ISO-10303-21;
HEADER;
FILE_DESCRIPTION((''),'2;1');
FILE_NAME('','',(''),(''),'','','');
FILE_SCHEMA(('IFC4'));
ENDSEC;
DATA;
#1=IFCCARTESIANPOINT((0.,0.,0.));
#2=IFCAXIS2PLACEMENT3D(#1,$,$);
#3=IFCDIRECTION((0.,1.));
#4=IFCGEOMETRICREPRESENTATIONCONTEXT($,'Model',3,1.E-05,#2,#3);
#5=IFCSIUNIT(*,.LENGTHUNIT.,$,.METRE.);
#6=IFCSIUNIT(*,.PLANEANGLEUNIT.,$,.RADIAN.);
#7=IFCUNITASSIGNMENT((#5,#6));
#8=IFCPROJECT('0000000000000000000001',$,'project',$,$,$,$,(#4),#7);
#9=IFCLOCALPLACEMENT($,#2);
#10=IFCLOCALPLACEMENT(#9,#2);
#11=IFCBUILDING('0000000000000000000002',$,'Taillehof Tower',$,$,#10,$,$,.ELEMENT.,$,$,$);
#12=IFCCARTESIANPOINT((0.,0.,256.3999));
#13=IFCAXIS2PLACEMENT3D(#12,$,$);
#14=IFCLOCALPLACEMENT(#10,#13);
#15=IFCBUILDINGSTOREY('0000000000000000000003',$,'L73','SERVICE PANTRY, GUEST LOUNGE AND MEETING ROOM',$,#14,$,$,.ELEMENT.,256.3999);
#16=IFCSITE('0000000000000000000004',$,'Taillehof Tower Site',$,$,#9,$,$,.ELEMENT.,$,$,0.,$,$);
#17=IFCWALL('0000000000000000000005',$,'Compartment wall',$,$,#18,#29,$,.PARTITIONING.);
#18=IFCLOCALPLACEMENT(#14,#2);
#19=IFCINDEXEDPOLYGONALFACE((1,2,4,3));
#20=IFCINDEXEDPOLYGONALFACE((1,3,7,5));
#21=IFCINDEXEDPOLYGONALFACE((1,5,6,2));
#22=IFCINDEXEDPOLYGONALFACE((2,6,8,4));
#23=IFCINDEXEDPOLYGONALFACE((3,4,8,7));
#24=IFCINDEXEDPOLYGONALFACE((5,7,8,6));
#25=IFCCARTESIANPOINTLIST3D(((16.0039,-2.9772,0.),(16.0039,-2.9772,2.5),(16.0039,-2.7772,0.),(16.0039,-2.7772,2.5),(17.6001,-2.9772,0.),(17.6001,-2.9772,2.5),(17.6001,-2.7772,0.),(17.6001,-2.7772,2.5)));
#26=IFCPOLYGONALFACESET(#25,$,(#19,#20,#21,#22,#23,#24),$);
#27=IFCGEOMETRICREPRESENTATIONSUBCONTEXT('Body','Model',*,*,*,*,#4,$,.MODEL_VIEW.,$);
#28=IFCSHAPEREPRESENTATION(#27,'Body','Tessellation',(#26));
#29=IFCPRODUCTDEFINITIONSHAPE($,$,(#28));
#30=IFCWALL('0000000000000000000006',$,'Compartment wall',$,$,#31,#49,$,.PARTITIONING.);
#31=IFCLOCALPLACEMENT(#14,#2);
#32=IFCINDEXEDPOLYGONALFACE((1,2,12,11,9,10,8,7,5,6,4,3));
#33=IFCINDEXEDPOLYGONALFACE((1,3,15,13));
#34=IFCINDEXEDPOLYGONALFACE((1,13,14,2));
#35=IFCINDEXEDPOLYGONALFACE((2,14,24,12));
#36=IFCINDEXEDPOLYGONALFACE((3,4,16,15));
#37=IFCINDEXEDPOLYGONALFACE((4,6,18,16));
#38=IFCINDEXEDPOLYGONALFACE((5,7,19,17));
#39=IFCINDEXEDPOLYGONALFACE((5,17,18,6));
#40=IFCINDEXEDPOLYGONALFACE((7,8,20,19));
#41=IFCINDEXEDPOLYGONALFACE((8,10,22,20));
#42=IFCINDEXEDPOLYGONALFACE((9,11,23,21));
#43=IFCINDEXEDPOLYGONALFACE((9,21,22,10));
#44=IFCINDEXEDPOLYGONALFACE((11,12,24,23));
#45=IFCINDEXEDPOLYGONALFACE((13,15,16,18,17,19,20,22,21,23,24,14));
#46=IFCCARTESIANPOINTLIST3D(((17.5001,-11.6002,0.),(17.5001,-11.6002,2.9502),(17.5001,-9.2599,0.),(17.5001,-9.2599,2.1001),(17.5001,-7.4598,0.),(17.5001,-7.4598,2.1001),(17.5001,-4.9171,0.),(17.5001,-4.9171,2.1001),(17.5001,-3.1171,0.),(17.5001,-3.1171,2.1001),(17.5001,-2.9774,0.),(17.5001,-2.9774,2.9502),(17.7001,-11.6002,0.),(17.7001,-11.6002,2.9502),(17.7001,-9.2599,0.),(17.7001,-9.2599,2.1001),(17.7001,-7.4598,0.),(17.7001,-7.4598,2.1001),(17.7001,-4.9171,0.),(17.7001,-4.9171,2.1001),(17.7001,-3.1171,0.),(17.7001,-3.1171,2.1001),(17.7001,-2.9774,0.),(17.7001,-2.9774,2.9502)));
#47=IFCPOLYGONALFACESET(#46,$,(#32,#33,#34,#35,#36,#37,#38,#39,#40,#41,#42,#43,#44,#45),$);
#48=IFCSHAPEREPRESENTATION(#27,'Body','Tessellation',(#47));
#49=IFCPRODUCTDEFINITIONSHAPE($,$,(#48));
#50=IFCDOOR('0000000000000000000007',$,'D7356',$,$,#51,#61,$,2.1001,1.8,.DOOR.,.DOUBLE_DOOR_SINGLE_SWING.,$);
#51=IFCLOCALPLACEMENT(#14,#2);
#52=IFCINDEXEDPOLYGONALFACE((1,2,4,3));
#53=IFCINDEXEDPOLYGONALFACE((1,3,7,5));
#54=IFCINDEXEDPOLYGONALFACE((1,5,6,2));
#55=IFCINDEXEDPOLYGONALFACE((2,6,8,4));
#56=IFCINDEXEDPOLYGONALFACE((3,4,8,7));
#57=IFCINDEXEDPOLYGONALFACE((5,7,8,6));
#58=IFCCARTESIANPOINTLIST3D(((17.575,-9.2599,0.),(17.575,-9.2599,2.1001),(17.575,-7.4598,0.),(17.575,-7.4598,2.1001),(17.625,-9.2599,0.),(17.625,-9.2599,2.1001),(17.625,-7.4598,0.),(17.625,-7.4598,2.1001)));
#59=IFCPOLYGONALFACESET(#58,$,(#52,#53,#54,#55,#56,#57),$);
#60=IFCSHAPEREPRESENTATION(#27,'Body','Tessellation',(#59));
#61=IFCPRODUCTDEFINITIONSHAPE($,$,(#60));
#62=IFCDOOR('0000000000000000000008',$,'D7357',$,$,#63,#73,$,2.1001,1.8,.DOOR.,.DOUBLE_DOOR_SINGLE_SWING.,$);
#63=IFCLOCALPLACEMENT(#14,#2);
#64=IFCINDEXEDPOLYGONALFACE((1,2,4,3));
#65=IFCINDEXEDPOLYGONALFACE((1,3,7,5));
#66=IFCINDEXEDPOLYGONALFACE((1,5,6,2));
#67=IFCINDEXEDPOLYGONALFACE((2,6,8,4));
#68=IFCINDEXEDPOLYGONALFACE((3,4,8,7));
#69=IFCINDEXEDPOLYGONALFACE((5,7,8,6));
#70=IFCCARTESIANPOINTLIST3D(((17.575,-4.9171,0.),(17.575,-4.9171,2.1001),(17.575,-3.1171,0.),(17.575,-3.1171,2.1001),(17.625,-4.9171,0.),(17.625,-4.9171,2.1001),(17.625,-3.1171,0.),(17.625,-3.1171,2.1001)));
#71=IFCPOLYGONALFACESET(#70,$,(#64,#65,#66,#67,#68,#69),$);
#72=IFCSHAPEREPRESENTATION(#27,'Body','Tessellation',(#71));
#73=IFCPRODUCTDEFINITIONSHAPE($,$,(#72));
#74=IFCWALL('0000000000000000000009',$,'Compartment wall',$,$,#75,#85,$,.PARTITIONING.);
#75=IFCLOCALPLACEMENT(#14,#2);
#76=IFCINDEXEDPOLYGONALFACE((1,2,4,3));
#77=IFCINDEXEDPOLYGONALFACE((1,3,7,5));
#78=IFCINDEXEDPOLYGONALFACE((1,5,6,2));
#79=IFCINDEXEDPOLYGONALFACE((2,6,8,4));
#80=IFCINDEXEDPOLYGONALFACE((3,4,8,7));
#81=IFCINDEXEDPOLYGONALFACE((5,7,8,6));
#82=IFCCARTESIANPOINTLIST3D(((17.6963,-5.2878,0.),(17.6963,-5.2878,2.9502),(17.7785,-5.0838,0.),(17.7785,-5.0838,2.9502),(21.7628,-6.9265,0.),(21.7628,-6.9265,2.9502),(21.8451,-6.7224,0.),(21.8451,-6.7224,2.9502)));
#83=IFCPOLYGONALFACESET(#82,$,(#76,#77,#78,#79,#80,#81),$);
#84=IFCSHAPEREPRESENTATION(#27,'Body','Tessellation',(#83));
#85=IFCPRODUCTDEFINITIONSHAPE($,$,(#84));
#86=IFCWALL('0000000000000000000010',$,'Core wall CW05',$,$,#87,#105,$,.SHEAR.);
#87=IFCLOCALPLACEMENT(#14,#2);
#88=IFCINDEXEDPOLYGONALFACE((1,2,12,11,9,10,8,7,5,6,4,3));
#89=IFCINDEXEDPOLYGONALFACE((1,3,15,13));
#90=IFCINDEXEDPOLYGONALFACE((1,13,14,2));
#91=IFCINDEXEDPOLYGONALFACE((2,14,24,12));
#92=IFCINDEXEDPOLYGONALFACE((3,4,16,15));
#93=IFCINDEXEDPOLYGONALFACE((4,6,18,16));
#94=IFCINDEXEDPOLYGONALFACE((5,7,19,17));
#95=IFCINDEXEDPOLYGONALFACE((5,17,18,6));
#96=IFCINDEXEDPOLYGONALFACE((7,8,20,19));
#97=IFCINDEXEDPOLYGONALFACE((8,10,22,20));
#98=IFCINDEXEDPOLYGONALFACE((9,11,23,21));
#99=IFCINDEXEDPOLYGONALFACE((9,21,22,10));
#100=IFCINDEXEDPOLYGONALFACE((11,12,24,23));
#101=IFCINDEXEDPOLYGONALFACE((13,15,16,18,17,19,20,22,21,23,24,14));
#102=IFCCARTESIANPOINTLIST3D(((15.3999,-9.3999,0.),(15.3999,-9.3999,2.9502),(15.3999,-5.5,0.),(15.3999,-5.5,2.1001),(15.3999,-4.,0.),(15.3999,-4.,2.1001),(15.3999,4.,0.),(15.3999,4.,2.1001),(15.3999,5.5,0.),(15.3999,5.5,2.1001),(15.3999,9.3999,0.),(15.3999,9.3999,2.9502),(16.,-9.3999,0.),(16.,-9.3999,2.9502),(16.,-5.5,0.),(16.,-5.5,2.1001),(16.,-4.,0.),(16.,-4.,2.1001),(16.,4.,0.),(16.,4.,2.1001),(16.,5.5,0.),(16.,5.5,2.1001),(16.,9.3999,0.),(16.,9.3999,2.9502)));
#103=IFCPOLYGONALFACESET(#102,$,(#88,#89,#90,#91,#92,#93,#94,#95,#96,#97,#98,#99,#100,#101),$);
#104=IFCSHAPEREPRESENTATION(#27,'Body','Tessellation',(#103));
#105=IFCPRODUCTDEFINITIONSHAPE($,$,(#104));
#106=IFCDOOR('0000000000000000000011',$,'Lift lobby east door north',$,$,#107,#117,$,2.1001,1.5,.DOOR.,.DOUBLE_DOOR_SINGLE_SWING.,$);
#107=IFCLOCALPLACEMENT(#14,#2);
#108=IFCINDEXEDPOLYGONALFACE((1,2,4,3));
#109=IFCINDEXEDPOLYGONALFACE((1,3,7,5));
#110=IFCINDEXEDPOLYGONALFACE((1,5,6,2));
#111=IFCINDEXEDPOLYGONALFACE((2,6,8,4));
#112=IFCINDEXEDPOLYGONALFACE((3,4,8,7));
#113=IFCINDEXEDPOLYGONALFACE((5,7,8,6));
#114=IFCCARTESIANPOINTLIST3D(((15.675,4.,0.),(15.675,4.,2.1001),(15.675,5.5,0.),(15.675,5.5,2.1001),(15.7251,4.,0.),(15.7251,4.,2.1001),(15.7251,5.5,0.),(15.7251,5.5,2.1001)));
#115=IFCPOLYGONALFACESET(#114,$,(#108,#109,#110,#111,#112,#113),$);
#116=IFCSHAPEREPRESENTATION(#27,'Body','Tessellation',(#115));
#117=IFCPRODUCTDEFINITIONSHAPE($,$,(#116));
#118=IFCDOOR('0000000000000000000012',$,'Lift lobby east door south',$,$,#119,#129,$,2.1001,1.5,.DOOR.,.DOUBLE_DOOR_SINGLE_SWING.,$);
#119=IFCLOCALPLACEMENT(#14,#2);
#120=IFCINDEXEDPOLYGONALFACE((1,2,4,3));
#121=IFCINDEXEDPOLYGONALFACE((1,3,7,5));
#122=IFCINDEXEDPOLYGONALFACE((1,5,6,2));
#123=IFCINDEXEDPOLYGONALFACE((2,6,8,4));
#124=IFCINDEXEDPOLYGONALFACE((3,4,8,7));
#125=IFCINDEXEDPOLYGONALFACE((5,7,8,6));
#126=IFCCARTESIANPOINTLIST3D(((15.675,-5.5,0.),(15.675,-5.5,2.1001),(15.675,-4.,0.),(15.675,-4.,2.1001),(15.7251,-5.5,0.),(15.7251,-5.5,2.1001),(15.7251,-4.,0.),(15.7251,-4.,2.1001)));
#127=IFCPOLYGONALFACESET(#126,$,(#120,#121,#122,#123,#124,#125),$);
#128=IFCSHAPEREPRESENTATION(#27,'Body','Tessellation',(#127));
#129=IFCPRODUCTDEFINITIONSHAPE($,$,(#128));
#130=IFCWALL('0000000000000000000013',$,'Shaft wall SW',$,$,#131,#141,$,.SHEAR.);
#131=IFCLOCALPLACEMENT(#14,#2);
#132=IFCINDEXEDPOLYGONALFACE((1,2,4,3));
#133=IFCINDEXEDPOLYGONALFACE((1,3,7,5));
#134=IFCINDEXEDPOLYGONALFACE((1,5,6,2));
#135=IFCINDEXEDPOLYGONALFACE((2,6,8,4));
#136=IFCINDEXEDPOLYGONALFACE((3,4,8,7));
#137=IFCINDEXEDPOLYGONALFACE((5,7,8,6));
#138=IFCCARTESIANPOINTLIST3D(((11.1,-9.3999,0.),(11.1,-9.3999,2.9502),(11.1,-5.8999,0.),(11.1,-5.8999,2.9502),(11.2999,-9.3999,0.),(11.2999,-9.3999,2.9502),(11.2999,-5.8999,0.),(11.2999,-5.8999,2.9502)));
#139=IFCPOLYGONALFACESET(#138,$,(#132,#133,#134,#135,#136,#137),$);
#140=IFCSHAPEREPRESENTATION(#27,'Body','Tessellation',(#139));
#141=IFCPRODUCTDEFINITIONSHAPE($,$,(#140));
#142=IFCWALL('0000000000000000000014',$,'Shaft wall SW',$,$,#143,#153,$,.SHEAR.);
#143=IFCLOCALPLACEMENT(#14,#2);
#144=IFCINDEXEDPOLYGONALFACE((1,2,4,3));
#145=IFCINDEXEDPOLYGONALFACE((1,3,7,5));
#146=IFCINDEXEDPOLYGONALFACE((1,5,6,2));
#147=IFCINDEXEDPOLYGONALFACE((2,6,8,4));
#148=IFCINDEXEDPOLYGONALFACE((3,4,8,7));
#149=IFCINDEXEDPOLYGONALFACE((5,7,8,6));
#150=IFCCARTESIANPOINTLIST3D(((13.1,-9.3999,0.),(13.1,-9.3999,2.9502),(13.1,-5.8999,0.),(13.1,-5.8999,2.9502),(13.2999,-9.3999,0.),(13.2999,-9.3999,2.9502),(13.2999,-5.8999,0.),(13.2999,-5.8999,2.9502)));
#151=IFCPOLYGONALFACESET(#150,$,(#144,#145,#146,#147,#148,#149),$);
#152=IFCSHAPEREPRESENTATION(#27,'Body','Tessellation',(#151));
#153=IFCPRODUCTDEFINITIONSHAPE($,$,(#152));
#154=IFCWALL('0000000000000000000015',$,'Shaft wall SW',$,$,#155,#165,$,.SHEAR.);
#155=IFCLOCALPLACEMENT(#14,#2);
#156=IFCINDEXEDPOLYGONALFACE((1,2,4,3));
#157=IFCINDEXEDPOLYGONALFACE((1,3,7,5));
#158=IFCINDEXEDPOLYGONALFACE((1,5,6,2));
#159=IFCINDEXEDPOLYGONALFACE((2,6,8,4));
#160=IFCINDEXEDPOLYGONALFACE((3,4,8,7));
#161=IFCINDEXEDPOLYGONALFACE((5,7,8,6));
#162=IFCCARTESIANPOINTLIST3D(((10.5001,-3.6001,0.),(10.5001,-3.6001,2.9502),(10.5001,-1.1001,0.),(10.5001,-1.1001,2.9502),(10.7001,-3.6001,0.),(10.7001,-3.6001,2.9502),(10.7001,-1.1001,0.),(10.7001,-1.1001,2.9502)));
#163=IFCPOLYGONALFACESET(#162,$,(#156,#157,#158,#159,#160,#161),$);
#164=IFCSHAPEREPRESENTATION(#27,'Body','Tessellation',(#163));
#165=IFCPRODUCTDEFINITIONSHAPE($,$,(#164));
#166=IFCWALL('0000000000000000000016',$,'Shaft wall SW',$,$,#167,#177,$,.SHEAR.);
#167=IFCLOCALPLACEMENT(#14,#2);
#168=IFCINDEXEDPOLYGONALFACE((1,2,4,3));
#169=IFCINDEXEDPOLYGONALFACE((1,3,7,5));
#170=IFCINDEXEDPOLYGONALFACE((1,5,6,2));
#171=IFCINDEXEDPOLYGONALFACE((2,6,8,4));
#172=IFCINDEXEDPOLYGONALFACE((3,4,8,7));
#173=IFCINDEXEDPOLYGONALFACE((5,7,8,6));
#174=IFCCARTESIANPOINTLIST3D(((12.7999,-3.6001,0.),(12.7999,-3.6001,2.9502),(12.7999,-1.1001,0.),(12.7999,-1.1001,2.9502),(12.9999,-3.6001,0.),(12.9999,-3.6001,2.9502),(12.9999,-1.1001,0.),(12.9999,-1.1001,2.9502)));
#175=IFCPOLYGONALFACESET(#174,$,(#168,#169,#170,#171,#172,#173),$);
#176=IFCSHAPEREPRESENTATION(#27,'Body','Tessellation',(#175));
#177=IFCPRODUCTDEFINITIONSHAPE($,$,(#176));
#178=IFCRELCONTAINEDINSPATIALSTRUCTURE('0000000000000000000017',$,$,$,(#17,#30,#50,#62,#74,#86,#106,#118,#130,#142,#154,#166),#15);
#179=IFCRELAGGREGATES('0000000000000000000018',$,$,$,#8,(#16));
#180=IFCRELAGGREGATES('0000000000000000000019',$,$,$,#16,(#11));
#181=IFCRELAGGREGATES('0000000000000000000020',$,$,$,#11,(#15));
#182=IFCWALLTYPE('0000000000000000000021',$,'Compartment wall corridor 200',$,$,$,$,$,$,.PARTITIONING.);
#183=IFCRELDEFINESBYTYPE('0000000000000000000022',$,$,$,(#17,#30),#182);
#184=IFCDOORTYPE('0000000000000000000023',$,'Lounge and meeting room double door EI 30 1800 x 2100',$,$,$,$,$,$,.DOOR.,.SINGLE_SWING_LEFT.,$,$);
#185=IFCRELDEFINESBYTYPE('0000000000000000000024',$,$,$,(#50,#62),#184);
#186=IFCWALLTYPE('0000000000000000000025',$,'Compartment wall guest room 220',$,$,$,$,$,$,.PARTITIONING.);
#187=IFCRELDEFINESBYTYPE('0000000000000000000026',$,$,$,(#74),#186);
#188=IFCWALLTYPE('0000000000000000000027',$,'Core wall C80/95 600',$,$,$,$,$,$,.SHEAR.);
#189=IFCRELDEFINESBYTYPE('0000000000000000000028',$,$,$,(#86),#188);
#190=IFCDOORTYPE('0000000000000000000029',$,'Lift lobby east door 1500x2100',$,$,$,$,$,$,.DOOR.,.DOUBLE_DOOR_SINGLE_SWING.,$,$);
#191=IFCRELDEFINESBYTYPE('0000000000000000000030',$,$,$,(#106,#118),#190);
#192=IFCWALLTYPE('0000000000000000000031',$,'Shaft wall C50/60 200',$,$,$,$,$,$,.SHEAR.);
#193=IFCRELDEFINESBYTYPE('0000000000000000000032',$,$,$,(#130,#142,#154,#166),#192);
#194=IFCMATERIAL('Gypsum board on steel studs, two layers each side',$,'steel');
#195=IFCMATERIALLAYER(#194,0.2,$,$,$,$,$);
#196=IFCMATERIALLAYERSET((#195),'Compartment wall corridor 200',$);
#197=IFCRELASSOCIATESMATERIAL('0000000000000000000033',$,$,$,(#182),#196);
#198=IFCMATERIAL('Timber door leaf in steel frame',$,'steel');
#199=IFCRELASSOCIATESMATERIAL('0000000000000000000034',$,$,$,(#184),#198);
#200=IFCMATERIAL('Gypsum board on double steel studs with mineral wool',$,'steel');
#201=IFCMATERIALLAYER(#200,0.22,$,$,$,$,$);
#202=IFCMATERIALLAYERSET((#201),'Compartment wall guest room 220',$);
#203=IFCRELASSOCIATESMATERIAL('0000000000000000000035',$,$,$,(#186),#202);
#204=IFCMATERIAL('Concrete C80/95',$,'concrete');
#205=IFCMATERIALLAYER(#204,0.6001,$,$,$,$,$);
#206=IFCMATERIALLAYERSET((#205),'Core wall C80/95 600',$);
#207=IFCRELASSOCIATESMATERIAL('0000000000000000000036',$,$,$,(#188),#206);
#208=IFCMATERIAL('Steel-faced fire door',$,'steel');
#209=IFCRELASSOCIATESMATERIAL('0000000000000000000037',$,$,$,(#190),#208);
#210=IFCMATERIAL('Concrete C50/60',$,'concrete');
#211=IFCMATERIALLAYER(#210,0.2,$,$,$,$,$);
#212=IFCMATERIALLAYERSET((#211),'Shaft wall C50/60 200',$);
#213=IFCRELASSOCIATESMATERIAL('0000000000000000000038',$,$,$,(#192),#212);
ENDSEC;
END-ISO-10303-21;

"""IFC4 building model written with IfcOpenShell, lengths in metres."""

from ifc_helpers import new_model, si_unit, direction, frame, frame_2d, origin, place, context, subcontext, project, spatial, rectangle, extrude, material, layer, layer_set, type_object, element, fill, save


model = new_model("IFC4")

# Units and contexts
model_context = context("Model", 3, precision=1e-05, world=origin(), true_north=direction((0.0, 1.0)))
body_context = subcontext(model_context, "Body", "Model", "MODEL_VIEW")
ifc_project = project(units=[si_unit("LENGTHUNIT", "METRE"), si_unit("PLANEANGLEUNIT", "RADIAN")], contexts=[model_context])

# Site, building, storey
site_placement = place(None, origin())
site = spatial("IfcSite", under=ifc_project, at=site_placement, Name="Taillehof Tower Site", CompositionType="ELEMENT", RefElevation=0.0)
building_placement = place(site_placement, origin())
building = spatial("IfcBuilding", under=site, at=building_placement, Name="Taillehof Tower", CompositionType="ELEMENT")
storey_placement = place(building_placement, frame((0.0, 0.0, 256.3999)))
storey = spatial("IfcBuildingStorey", under=building, at=storey_placement, Name="L73", Description="SERVICE PANTRY, GUEST LOUNGE AND MEETING ROOM", CompositionType="ELEMENT", Elevation=256.3999)

# Wall
ifc_material_1 = material(Name="Gypsum board on steel studs, two layers each side", Category="steel")
ifc_layer_1 = layer(ifc_material_1, 0.2)
ifc_layer_set_1 = layer_set([ifc_layer_1], Name="Compartment wall corridor 200")
wall_type_1 = type_object("IfcWallType", Name="Compartment wall corridor 200", PredefinedType="PARTITIONING", material=ifc_layer_set_1)
wall_1_placement = place(storey_placement, frame((16.0039, -2.8772, 0.0), z_axis=(0.0, 0.0, 1.0), x_axis=(1.0, 0.0, 0.0)))
element("IfcWall", 1, at=wall_1_placement, inside=storey, type_object=wall_type_1, Name="Compartment wall", PredefinedType="PARTITIONING", context=body_context, shape_type="SweptSolid", body=[
    extrude(rectangle(XDim=1.5962, YDim=0.2, at=frame_2d((0.7981, 0.0))), origin(), (0.0, 0.0, 1.0), 2.5),
])

# Wall, openings, doors
wall_2_placement = place(storey_placement, frame((17.6001, -2.9773, 0.0), z_axis=(0.0, 0.0, 1.0), x_axis=(0.0, -1.0, 0.0)))
wall_2 = element("IfcWall", 2, at=wall_2_placement, inside=storey, type_object=wall_type_1, Name="Compartment wall", PredefinedType="PARTITIONING", context=body_context, shape_type="SweptSolid", body=[
    extrude(rectangle(XDim=8.6228, YDim=0.2, at=frame_2d((4.3115, 0.0))), origin(), (0.0, 0.0, 1.0), 2.9502),
])
opening_1_placement = place(wall_2_placement, frame((4.4827, 0.0, 0.0)))
opening_1 = element("IfcOpeningElement", 3, at=opening_1_placement, cuts=wall_2, PredefinedType="OPENING", context=body_context, shape_type="SweptSolid", body=[
    extrude(rectangle(XDim=1.8, YDim=2.1001, at=frame_2d((0.8999, 1.05))), frame((0.0, 0.1099, 0.0), z_axis=(0.0, -1.0, 0.0), x_axis=(1.0, 0.0, 0.0)), (0.0, 0.0, 1.0), 0.22),
])
opening_2_placement = place(wall_2_placement, frame((0.1399, 0.0, 0.0)))
opening_2 = element("IfcOpeningElement", 4, at=opening_2_placement, cuts=wall_2, PredefinedType="OPENING", context=body_context, shape_type="SweptSolid", body=[
    extrude(rectangle(XDim=1.8, YDim=2.1001, at=frame_2d((0.8999, 1.05))), frame((0.0, 0.1099, 0.0), z_axis=(0.0, -1.0, 0.0), x_axis=(1.0, 0.0, 0.0)), (0.0, 0.0, 1.0), 0.22),
])
ifc_material_2 = material(Name="Timber door leaf in steel frame", Category="steel")
door_type_1 = type_object("IfcDoorType", Name="Lounge and meeting room double door EI 30 1800 x 2100", OperationType="SINGLE_SWING_LEFT", PredefinedType="DOOR", material=ifc_material_2)
door_1_placement = place(opening_1_placement, origin())
door_1 = element("IfcDoor", 5, at=door_1_placement, inside=storey, type_object=door_type_1, Name="D7356", OperationType="DOUBLE_DOOR_SINGLE_SWING", OverallHeight=2.1001, OverallWidth=1.8, PredefinedType="DOOR", context=body_context, shape_type="SweptSolid", body=[
    extrude(rectangle(XDim=1.8, YDim=2.1001, at=frame_2d((0.8999, 1.05))), frame((0.0, 0.0249, 0.0), z_axis=(0.0, -1.0, 0.0), x_axis=(1.0, 0.0, 0.0)), (0.0, 0.0, 1.0), 0.05),
])
fill(opening_1, door_1)
door_2_placement = place(opening_2_placement, origin())
door_2 = element("IfcDoor", 6, at=door_2_placement, inside=storey, type_object=door_type_1, Name="D7357", OperationType="DOUBLE_DOOR_SINGLE_SWING", OverallHeight=2.1001, OverallWidth=1.8, PredefinedType="DOOR", context=body_context, shape_type="SweptSolid", body=[
    extrude(rectangle(XDim=1.8, YDim=2.1001, at=frame_2d((0.8999, 1.05))), frame((0.0, 0.0249, 0.0), z_axis=(0.0, -1.0, 0.0), x_axis=(1.0, 0.0, 0.0)), (0.0, 0.0, 1.0), 0.05),
])
fill(opening_2, door_2)

# Wall
ifc_material_3 = material(Name="Gypsum board on double steel studs with mineral wool", Category="steel")
ifc_layer_2 = layer(ifc_material_3, 0.22)
ifc_layer_set_2 = layer_set([ifc_layer_2], Name="Compartment wall guest room 220")
wall_type_2 = type_object("IfcWallType", Name="Compartment wall guest room 220", PredefinedType="PARTITIONING", material=ifc_layer_set_2)
wall_3_placement = place(storey_placement, frame((21.804, -6.8245, 0.0), z_axis=(0.0, 0.0, 1.0), x_axis=(-0.927529, 0.373751, 0.0)))
element("IfcWall", 7, at=wall_3_placement, inside=storey, type_object=wall_type_2, Name="Compartment wall", PredefinedType="PARTITIONING", context=body_context, shape_type="SweptSolid", body=[
    extrude(rectangle(XDim=4.3843, YDim=0.22, at=frame_2d((2.1921, 0.0))), origin(), (0.0, 0.0, 1.0), 2.9502),
])

# Wall, openings, doors
ifc_material_4 = material(Name="Concrete C80/95", Category="concrete")
ifc_layer_3 = layer(ifc_material_4, 0.6001)
ifc_layer_set_3 = layer_set([ifc_layer_3], Name="Core wall C80/95 600")
wall_type_3 = type_object("IfcWallType", Name="Core wall C80/95 600", PredefinedType="SHEAR", material=ifc_layer_set_3)
wall_4_placement = place(storey_placement, frame((15.7, -9.3999, 0.0), z_axis=(0.0, 0.0, 1.0), x_axis=(0.0, 1.0, 0.0)))
wall_4 = element("IfcWall", 8, at=wall_4_placement, inside=storey, type_object=wall_type_3, Name="Core wall CW05", PredefinedType="SHEAR", context=body_context, shape_type="SweptSolid", body=[
    extrude(rectangle(XDim=18.7998, YDim=0.6001, at=frame_2d((9.3999, 0.0))), origin(), (0.0, 0.0, 1.0), 2.9502),
])
opening_3_placement = place(wall_4_placement, frame((13.3999, 0.0, 0.0)))
opening_3 = element("IfcOpeningElement", 9, at=opening_3_placement, cuts=wall_4, PredefinedType="OPENING", context=body_context, shape_type="SweptSolid", body=[
    extrude(rectangle(XDim=1.5, YDim=2.1001, at=frame_2d((0.75, 1.05))), frame((0.0, 0.3101, 0.0), z_axis=(0.0, -1.0, 0.0), x_axis=(1.0, 0.0, 0.0)), (0.0, 0.0, 1.0), 0.6201),
])
opening_4_placement = place(wall_4_placement, frame((3.8999, 0.0, 0.0)))
opening_4 = element("IfcOpeningElement", 10, at=opening_4_placement, cuts=wall_4, PredefinedType="OPENING", context=body_context, shape_type="SweptSolid", body=[
    extrude(rectangle(XDim=1.5, YDim=2.1001, at=frame_2d((0.75, 1.05))), frame((0.0, 0.3101, 0.0), z_axis=(0.0, -1.0, 0.0), x_axis=(1.0, 0.0, 0.0)), (0.0, 0.0, 1.0), 0.6201),
])
ifc_material_5 = material(Name="Steel-faced fire door", Category="steel")
door_type_2 = type_object("IfcDoorType", Name="Lift lobby east door 1500x2100", OperationType="DOUBLE_DOOR_SINGLE_SWING", PredefinedType="DOOR", material=ifc_material_5)
door_3_placement = place(opening_3_placement, origin())
door_3 = element("IfcDoor", 11, at=door_3_placement, inside=storey, type_object=door_type_2, Name="Lift lobby east door north", OperationType="DOUBLE_DOOR_SINGLE_SWING", OverallHeight=2.1001, OverallWidth=1.5, PredefinedType="DOOR", context=body_context, shape_type="SweptSolid", body=[
    extrude(rectangle(XDim=1.5, YDim=2.1001, at=frame_2d((0.75, 1.05))), frame((0.0, 0.0249, 0.0), z_axis=(0.0, -1.0, 0.0), x_axis=(1.0, 0.0, 0.0)), (0.0, 0.0, 1.0), 0.05),
])
fill(opening_3, door_3)
door_4_placement = place(opening_4_placement, origin())
door_4 = element("IfcDoor", 12, at=door_4_placement, inside=storey, type_object=door_type_2, Name="Lift lobby east door south", OperationType="DOUBLE_DOOR_SINGLE_SWING", OverallHeight=2.1001, OverallWidth=1.5, PredefinedType="DOOR", context=body_context, shape_type="SweptSolid", body=[
    extrude(rectangle(XDim=1.5, YDim=2.1001, at=frame_2d((0.75, 1.05))), frame((0.0, 0.0249, 0.0), z_axis=(0.0, -1.0, 0.0), x_axis=(1.0, 0.0, 0.0)), (0.0, 0.0, 1.0), 0.05),
])
fill(opening_4, door_4)

# Walls
ifc_material_6 = material(Name="Concrete C50/60", Category="concrete")
ifc_layer_4 = layer(ifc_material_6, 0.2)
ifc_layer_set_4 = layer_set([ifc_layer_4], Name="Shaft wall C50/60 200")
wall_type_4 = type_object("IfcWallType", Name="Shaft wall C50/60 200", PredefinedType="SHEAR", material=ifc_layer_set_4)
for number, where, z_axis, x_axis, name in (
    (13, (11.2, -9.3999, 0.0), (0.0, 0.0, 1.0), (0.0, 1.0, 0.0), "Shaft wall SW"),
    (14, (13.2, -9.3999, 0.0), (0.0, 0.0, 1.0), (0.0, 1.0, 0.0), "Shaft wall SW"),
):
    element("IfcWall", number, at=place(storey_placement, frame(where, z_axis=z_axis, x_axis=x_axis)), inside=storey, type_object=wall_type_4, Name=name, PredefinedType="SHEAR", context=body_context, shape_type="SweptSolid", body=[
        extrude(rectangle(XDim=3.5, YDim=0.2, at=frame_2d((1.75, 0.0))), origin(), (0.0, 0.0, 1.0), 2.9502),
    ])
for number, where, z_axis, x_axis, name in (
    (15, (10.6001, -3.6001, 0.0), (0.0, 0.0, 1.0), (0.0, 1.0, 0.0), "Shaft wall SW"),
    (16, (12.8999, -3.6001, 0.0), (0.0, 0.0, 1.0), (0.0, 1.0, 0.0), "Shaft wall SW"),
):
    element("IfcWall", number, at=place(storey_placement, frame(where, z_axis=z_axis, x_axis=x_axis)), inside=storey, type_object=wall_type_4, Name=name, PredefinedType="SHEAR", context=body_context, shape_type="SweptSolid", body=[
        extrude(rectangle(XDim=2.5, YDim=0.2, at=frame_2d((1.25, 0.0))), origin(), (0.0, 0.0, 1.0), 2.9502),
    ])

save(model, "model.ifc")
